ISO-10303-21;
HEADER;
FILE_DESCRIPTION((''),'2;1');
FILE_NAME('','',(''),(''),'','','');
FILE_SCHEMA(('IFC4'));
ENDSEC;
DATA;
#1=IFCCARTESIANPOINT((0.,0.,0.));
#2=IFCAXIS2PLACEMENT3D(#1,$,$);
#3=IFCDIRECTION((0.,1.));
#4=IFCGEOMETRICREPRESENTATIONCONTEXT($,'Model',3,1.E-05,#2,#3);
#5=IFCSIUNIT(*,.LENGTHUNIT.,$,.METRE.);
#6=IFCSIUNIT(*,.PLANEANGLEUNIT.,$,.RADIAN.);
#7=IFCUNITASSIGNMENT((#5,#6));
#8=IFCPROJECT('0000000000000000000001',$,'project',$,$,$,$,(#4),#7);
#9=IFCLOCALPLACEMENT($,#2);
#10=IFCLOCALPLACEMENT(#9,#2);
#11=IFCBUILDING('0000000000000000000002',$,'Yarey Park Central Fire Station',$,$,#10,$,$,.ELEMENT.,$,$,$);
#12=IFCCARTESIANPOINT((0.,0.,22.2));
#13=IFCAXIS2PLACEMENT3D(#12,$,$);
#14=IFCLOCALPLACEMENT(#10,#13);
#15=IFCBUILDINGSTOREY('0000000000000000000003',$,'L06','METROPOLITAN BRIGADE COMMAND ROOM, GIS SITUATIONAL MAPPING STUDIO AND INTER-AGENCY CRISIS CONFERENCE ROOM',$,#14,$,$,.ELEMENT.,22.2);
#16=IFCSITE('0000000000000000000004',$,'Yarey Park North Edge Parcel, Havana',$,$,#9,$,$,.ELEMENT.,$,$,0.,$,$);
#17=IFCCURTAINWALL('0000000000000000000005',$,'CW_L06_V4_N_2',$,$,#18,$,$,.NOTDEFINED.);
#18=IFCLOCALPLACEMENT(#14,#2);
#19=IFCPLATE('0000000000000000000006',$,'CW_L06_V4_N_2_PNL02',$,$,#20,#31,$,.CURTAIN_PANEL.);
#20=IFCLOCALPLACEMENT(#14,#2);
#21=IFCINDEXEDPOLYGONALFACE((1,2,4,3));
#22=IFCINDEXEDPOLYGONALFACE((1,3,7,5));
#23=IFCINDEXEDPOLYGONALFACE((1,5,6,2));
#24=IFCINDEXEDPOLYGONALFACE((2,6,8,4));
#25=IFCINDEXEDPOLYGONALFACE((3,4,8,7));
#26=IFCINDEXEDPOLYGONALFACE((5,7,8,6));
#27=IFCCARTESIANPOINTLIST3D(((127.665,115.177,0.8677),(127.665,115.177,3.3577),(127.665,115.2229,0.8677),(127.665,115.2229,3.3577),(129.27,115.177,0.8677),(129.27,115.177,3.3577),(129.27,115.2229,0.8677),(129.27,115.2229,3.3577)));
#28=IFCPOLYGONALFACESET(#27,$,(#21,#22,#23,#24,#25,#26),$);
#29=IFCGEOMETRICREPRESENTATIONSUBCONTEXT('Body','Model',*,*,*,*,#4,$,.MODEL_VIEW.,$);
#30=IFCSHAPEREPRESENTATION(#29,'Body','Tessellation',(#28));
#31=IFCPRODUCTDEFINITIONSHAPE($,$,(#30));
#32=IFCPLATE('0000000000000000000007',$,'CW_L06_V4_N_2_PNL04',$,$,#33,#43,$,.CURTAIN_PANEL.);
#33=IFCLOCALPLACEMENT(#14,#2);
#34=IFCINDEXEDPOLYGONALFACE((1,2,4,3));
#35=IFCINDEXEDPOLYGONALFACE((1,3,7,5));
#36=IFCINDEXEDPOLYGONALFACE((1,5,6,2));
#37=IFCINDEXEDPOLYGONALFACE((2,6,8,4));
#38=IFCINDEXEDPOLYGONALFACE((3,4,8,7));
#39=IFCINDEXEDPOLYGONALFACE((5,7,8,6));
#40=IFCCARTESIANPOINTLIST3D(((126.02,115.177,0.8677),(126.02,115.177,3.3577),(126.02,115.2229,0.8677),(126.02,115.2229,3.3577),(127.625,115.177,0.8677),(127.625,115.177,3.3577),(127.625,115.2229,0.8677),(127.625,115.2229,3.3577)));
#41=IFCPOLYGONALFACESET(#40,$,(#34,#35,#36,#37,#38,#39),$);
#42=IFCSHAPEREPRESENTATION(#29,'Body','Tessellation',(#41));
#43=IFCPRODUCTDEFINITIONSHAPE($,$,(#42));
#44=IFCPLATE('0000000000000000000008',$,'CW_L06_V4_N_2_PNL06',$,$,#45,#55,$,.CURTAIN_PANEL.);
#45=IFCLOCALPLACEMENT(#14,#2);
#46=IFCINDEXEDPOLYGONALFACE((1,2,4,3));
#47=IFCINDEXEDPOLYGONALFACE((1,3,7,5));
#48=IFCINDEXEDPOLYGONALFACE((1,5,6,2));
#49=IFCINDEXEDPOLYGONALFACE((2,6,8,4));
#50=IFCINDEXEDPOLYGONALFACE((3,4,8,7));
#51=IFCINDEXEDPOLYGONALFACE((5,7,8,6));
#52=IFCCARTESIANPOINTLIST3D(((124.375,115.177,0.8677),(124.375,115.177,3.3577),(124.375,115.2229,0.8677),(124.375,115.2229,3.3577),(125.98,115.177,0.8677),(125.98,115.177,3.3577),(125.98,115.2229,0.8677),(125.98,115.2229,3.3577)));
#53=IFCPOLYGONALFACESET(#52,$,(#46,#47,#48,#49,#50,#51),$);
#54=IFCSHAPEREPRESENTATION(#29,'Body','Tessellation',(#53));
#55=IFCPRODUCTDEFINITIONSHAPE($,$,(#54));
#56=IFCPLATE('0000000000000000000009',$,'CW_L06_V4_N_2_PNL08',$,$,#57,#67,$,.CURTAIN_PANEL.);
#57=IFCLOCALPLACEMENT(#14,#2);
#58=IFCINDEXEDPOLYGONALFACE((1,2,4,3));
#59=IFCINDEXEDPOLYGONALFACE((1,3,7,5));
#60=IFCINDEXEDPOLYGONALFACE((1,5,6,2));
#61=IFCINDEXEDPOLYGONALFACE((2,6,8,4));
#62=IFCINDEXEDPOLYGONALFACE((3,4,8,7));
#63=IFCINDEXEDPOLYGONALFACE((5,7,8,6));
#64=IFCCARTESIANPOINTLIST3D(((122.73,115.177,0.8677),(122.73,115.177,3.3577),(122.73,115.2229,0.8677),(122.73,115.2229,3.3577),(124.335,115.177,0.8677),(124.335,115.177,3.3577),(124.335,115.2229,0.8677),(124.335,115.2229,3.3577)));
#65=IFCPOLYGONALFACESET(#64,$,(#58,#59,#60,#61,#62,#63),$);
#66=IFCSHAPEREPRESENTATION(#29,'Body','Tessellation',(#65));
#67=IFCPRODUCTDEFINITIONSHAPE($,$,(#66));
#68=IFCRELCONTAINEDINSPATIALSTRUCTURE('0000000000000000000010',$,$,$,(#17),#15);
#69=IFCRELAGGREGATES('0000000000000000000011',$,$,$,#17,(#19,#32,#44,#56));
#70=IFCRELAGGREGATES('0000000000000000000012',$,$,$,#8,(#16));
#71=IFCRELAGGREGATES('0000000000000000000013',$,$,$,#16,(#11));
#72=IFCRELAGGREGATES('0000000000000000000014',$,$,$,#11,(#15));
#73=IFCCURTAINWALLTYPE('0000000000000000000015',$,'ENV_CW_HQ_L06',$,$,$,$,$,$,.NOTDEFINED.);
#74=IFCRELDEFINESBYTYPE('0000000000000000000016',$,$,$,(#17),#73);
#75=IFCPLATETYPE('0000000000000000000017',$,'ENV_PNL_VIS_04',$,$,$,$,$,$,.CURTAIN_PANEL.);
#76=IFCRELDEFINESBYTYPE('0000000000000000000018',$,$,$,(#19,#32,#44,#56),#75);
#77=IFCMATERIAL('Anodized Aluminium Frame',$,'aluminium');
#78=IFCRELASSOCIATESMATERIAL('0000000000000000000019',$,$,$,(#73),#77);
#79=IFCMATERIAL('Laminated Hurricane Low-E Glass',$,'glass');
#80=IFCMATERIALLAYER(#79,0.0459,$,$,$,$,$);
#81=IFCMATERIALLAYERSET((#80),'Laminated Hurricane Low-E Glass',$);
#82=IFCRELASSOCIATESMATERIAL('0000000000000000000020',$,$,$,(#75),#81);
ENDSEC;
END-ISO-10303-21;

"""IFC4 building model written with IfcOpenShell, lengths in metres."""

from ifc_helpers import new_model, si_unit, direction, frame, origin, origin_2d, place, context, subcontext, project, spatial, rectangle, extrude, material, layer, layer_set, type_object, element, aggregate, save


model = new_model("IFC4")

# Units and contexts
model_context = context("Model", 3, precision=1e-05, world=origin(), true_north=direction((0.0, 1.0)))
body_context = subcontext(model_context, "Body", "Model", "MODEL_VIEW")
ifc_project = project(units=[si_unit("LENGTHUNIT", "METRE"), si_unit("PLANEANGLEUNIT", "RADIAN")], contexts=[model_context])

# Site, building, storey
site_placement = place(None, origin())
site = spatial("IfcSite", under=ifc_project, at=site_placement, Name="Yarey Park North Edge Parcel, Havana", CompositionType="ELEMENT", RefElevation=0.0)
building_placement = place(site_placement, origin())
building = spatial("IfcBuilding", under=site, at=building_placement, Name="Yarey Park Central Fire Station", CompositionType="ELEMENT")
storey_placement = place(building_placement, frame((0.0, 0.0, 22.2)))
storey = spatial("IfcBuildingStorey", under=building, at=storey_placement, Name="L06", Description="METROPOLITAN BRIGADE COMMAND ROOM, GIS SITUATIONAL MAPPING STUDIO AND INTER-AGENCY CRISIS CONFERENCE ROOM", CompositionType="ELEMENT", Elevation=22.2)

# Curtain wall
ifc_material_1 = material(Name="Anodized Aluminium Frame", Category="aluminium")
curtain_wall_type = type_object("IfcCurtainWallType", Name="ENV_CW_HQ_L06", PredefinedType="NOTDEFINED", material=ifc_material_1)
curtain_wall_1_placement = place(storey_placement, origin())
curtain_wall_1 = element("IfcCurtainWall", 1, at=curtain_wall_1_placement, inside=storey, type_object=curtain_wall_type, Name="CW_L06_V4_N_2", PredefinedType="NOTDEFINED")

# Plates
ifc_material_2 = material(Name="Laminated Hurricane Low-E Glass", Category="glass")
ifc_layer_1 = layer(ifc_material_2, 0.0459)
ifc_layer_set_1 = layer_set([ifc_layer_1], Name="Laminated Hurricane Low-E Glass")
plate_type_1 = type_object("IfcPlateType", Name="ENV_PNL_VIS_04", PredefinedType="CURTAIN_PANEL", material=ifc_layer_set_1)
plate_1_placement = place(storey_placement, frame((128.4675, 115.2, 0.8677), z_axis=(0.0, 0.0, 1.0), x_axis=(-1.0, 0.0, 0.0)))
plate_1 = element("IfcPlate", 2, at=plate_1_placement, type_object=plate_type_1, Name="CW_L06_V4_N_2_PNL02", PredefinedType="CURTAIN_PANEL", context=body_context, shape_type="SweptSolid", body=[
    extrude(rectangle(XDim=1.605, YDim=0.0459, at=origin_2d()), origin(), (0.0, 0.0, 1.0), 2.49),
])
plate_2_placement = place(storey_placement, frame((126.8225, 115.2, 0.8677), z_axis=(0.0, 0.0, 1.0), x_axis=(-1.0, 0.0, 0.0)))
plate_2 = element("IfcPlate", 3, at=plate_2_placement, type_object=plate_type_1, Name="CW_L06_V4_N_2_PNL04", PredefinedType="CURTAIN_PANEL", context=body_context, shape_type="SweptSolid", body=[
    extrude(rectangle(XDim=1.605, YDim=0.0459, at=origin_2d()), origin(), (0.0, 0.0, 1.0), 2.49),
])
plate_3_placement = place(storey_placement, frame((125.1775, 115.2, 0.8677), z_axis=(0.0, 0.0, 1.0), x_axis=(-1.0, 0.0, 0.0)))
plate_3 = element("IfcPlate", 4, at=plate_3_placement, type_object=plate_type_1, Name="CW_L06_V4_N_2_PNL06", PredefinedType="CURTAIN_PANEL", context=body_context, shape_type="SweptSolid", body=[
    extrude(rectangle(XDim=1.605, YDim=0.0459, at=origin_2d()), origin(), (0.0, 0.0, 1.0), 2.49),
])
plate_4_placement = place(storey_placement, frame((123.5325, 115.2, 0.8677), z_axis=(0.0, 0.0, 1.0), x_axis=(-1.0, 0.0, 0.0)))
plate_4 = element("IfcPlate", 5, at=plate_4_placement, type_object=plate_type_1, Name="CW_L06_V4_N_2_PNL08", PredefinedType="CURTAIN_PANEL", context=body_context, shape_type="SweptSolid", body=[
    extrude(rectangle(XDim=1.605, YDim=0.0459, at=origin_2d()), origin(), (0.0, 0.0, 1.0), 2.49),
])
aggregate(curtain_wall_1, [plate_1, plate_2, plate_3, plate_4])

save(model, "model.ifc")
